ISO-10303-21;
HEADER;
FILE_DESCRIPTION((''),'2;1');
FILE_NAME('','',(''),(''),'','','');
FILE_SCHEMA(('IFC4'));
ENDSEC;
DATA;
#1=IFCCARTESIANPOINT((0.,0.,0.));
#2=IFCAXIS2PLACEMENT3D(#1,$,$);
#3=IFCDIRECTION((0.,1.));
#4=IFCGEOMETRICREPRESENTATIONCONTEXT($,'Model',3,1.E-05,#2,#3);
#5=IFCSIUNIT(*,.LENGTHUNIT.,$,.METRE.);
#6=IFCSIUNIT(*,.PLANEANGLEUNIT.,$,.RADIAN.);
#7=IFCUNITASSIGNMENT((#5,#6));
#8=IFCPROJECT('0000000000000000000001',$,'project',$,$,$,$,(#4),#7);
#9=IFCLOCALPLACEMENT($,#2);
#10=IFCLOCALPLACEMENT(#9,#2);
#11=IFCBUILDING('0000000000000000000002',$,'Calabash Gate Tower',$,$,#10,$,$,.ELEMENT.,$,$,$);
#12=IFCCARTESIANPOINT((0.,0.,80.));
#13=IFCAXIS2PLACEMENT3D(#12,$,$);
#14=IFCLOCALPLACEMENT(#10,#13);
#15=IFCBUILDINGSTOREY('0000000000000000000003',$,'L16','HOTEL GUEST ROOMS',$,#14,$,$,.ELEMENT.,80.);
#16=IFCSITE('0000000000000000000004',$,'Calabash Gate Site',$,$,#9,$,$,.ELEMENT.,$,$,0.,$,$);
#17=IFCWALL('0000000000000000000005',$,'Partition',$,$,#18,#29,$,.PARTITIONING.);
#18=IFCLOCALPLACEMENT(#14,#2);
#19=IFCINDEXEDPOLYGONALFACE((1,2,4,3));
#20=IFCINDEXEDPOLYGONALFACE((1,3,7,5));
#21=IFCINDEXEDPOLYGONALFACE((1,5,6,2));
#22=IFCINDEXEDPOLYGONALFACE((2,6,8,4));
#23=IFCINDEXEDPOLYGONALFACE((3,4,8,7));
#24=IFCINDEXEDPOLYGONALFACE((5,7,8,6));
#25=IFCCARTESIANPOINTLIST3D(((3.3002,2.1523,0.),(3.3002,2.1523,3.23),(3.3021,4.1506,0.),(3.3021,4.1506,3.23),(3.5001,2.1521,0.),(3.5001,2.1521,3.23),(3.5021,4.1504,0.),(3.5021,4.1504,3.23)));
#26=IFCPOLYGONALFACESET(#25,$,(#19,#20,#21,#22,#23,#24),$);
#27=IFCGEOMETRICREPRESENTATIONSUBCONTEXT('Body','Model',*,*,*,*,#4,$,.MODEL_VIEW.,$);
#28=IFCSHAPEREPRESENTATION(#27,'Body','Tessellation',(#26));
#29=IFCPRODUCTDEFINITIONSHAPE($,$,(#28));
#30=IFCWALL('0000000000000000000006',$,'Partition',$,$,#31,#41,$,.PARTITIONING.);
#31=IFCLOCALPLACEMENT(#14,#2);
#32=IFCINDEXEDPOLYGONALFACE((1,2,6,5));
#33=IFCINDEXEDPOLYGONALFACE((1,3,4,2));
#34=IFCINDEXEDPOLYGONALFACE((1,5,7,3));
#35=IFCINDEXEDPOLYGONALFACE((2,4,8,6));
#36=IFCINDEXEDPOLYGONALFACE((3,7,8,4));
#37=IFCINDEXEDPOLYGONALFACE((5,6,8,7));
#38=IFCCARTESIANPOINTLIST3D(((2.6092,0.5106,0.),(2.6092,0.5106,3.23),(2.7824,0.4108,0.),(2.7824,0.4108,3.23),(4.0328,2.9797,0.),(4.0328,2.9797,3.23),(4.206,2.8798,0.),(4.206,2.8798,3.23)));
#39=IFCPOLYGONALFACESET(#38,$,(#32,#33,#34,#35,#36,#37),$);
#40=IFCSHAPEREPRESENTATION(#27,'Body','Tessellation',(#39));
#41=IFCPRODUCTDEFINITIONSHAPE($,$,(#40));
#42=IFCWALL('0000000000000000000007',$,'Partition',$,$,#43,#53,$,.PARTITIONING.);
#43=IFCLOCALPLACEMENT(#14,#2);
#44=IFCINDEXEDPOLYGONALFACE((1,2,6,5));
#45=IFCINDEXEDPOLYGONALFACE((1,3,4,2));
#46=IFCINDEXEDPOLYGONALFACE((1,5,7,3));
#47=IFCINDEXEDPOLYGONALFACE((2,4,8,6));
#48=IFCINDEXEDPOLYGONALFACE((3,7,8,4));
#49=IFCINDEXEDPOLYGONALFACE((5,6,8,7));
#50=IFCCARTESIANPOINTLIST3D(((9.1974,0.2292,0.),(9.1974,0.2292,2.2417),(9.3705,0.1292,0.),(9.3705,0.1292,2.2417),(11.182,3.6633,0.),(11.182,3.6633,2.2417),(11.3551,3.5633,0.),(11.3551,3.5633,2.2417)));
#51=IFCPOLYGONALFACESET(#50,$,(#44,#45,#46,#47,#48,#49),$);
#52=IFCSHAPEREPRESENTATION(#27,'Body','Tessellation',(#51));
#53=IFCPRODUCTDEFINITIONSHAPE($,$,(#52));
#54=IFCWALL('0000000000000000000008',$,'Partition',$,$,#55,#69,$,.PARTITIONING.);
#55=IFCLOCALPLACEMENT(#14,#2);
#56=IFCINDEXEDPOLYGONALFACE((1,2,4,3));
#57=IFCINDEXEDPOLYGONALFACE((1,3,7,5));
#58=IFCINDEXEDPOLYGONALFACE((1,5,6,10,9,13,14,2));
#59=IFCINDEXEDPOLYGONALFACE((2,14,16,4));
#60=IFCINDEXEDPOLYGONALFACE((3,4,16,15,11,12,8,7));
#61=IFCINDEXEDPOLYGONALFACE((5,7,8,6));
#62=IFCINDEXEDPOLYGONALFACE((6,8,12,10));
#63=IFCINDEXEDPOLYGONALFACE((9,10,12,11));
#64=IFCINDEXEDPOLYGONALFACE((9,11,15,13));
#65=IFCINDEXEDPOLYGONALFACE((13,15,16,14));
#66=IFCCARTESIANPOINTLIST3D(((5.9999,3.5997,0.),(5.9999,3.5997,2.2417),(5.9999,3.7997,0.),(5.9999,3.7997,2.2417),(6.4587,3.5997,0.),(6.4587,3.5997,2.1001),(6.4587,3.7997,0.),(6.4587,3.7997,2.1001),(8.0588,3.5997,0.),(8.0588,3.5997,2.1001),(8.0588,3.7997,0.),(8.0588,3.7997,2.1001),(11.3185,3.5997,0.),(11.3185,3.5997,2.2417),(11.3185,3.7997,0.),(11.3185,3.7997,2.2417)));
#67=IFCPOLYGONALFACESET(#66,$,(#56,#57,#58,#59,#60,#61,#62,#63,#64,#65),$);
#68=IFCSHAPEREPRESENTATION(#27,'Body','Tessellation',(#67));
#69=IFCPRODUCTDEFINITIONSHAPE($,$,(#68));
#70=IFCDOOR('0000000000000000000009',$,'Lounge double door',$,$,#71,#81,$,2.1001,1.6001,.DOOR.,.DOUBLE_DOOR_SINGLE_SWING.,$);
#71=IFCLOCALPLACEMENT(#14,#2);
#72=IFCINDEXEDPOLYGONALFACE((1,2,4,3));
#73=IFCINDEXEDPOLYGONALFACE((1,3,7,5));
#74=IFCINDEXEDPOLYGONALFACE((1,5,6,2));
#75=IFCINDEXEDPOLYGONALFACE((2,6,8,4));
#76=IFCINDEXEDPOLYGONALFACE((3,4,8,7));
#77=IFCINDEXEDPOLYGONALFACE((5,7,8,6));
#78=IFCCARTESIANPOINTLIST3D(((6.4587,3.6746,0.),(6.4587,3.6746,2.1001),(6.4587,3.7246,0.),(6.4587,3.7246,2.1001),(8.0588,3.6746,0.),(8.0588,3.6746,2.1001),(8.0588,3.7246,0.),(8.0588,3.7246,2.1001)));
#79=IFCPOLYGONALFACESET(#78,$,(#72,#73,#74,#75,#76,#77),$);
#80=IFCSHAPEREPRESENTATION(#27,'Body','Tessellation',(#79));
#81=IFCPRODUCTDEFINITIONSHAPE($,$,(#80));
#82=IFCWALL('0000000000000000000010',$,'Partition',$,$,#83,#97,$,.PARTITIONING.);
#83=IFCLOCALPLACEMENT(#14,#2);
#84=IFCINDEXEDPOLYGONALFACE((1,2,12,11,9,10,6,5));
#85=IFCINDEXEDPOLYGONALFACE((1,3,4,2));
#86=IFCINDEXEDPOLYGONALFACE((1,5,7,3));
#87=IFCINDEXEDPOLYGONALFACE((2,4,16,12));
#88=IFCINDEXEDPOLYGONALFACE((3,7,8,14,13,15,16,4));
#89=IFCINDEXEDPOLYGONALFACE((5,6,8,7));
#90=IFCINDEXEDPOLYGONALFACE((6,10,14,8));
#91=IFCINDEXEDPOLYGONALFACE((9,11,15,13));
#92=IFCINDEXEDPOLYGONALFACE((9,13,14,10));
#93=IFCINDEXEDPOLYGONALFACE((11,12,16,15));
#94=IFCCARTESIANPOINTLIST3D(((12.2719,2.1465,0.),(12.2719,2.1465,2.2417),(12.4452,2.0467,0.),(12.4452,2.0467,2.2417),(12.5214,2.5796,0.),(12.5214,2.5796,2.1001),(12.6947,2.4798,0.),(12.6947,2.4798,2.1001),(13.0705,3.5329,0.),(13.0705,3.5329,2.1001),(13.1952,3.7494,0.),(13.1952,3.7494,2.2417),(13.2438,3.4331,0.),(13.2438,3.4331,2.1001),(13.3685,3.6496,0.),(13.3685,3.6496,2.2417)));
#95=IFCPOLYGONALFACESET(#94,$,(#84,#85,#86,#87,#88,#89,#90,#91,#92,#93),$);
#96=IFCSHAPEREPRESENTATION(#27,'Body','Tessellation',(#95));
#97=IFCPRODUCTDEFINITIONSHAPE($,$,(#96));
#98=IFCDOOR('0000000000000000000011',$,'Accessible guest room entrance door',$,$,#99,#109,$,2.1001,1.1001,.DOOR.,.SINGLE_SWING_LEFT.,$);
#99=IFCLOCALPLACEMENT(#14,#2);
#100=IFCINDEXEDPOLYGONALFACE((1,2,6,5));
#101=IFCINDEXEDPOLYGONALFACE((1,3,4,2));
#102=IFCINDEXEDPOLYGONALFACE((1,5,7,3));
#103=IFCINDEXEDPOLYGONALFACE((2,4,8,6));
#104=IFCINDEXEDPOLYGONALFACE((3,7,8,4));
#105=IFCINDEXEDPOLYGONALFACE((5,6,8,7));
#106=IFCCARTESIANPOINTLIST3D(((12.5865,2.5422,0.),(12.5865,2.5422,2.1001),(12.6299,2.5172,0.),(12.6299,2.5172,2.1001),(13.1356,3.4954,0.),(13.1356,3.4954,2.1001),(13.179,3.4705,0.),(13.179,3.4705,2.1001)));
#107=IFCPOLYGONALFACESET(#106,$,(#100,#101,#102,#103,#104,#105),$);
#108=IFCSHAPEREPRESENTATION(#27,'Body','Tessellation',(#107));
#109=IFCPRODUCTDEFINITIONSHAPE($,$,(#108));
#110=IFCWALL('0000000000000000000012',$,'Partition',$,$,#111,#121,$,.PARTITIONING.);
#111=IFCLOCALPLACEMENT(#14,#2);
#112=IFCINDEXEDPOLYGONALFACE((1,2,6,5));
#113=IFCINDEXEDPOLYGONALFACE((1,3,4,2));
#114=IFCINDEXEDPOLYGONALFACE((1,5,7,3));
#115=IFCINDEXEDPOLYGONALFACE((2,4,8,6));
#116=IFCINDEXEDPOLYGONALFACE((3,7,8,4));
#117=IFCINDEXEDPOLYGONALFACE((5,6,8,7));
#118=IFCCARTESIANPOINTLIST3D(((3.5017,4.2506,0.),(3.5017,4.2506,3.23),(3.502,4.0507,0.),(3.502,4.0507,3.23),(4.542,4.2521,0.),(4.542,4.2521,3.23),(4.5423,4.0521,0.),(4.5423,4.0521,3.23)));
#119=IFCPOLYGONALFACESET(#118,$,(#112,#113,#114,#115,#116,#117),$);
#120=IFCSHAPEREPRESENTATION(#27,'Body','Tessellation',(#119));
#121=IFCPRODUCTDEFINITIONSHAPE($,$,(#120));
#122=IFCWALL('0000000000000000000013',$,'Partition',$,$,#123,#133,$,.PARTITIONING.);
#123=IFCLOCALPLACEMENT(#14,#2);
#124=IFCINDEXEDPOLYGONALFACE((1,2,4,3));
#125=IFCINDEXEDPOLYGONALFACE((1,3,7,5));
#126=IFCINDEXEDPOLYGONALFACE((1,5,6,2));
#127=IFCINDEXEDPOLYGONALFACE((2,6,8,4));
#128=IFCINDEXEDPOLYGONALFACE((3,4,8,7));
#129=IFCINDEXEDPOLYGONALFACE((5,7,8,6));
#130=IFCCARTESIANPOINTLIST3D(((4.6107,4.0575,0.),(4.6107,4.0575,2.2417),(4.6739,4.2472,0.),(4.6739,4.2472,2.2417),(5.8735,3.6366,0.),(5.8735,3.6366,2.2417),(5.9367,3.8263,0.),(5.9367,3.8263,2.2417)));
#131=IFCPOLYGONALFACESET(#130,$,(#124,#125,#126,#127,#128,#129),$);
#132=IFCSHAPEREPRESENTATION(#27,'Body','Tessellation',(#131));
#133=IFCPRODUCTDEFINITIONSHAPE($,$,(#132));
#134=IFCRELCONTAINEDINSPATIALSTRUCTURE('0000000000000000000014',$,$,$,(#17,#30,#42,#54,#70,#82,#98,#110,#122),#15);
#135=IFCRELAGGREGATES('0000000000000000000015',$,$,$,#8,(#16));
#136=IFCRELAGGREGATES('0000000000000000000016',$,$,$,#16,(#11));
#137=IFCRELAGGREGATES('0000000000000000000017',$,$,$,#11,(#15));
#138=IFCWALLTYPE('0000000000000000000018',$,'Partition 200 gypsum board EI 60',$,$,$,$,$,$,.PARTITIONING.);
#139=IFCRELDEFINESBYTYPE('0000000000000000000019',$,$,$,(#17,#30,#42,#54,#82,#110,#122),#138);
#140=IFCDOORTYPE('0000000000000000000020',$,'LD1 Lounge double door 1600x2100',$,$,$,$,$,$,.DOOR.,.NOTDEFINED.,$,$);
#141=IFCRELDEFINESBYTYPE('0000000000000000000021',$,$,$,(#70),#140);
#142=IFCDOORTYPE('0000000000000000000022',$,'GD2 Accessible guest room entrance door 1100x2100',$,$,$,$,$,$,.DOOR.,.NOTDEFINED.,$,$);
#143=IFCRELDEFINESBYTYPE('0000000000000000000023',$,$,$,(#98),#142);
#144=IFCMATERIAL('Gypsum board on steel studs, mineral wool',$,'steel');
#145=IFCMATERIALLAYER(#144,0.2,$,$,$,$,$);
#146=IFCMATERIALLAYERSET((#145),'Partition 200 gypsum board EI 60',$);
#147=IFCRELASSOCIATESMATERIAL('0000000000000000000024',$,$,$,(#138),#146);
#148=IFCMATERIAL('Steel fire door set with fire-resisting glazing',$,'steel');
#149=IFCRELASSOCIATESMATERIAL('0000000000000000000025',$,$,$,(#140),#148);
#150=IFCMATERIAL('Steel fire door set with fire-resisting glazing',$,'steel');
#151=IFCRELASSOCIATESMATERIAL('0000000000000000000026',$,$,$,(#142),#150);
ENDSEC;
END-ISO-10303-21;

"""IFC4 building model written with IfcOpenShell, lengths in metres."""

from ifc_helpers import new_model, si_unit, direction, frame, frame_2d, origin, place, context, subcontext, project, spatial, rectangle, extrude, material, layer, layer_set, type_object, element, fill, save


model = new_model("IFC4")

# Units and contexts
model_context = context("Model", 3, precision=1e-05, world=origin(), true_north=direction((0.0, 1.0)))
body_context = subcontext(model_context, "Body", "Model", "MODEL_VIEW")
ifc_project = project(units=[si_unit("LENGTHUNIT", "METRE"), si_unit("PLANEANGLEUNIT", "RADIAN")], contexts=[model_context])

# Site, building, storey
site_placement = place(None, origin())
site = spatial("IfcSite", under=ifc_project, at=site_placement, Name="Calabash Gate Site", CompositionType="ELEMENT", RefElevation=0.0)
building_placement = place(site_placement, origin())
building = spatial("IfcBuilding", under=site, at=building_placement, Name="Calabash Gate Tower", CompositionType="ELEMENT")
storey_placement = place(building_placement, frame((0.0, 0.0, 80.0)))
storey = spatial("IfcBuildingStorey", under=building, at=storey_placement, Name="L16", Description="HOTEL GUEST ROOMS", CompositionType="ELEMENT", Elevation=80.0)

# Walls
ifc_material_1 = material(Name="Gypsum board on steel studs, mineral wool", Category="steel")
ifc_layer_1 = layer(ifc_material_1, 0.2)
ifc_layer_set_1 = layer_set([ifc_layer_1], Name="Partition 200 gypsum board EI 60")
wall_type_1 = type_object("IfcWallType", Name="Partition 200 gypsum board EI 60", PredefinedType="PARTITIONING", material=ifc_layer_set_1)
wall_1_placement = place(storey_placement, frame((3.4001, 2.1523, 0.0), z_axis=(0.0, 0.0, 1.0), x_axis=(0.000977, 1.0, 0.0)))
element("IfcWall", 1, at=wall_1_placement, inside=storey, type_object=wall_type_1, Name="Partition", PredefinedType="PARTITIONING", context=body_context, shape_type="SweptSolid", body=[
    extrude(rectangle(XDim=1.9983, YDim=0.2, at=frame_2d((0.999, 0.0))), origin(), (0.0, 0.0, 1.0), 3.23),
])
wall_2_placement = place(storey_placement, frame((2.6958, 0.4607, 0.0), z_axis=(0.0, 0.0, 1.0), x_axis=(0.499502, 0.866312, 0.0)))
element("IfcWall", 2, at=wall_2_placement, inside=storey, type_object=wall_type_1, Name="Partition", PredefinedType="PARTITIONING", context=body_context, shape_type="SweptSolid", body=[
    extrude(rectangle(XDim=2.8501, YDim=0.2, at=frame_2d((1.425, 0.0))), origin(), (0.0, 0.0, 1.0), 3.23),
])
wall_3_placement = place(storey_placement, frame((9.2839, 0.1792, 0.0), z_axis=(0.0, 0.0, 1.0), x_axis=(0.500369, 0.865812, 0.0)))
element("IfcWall", 3, at=wall_3_placement, inside=storey, type_object=wall_type_1, Name="Partition", PredefinedType="PARTITIONING", context=body_context, shape_type="SweptSolid", body=[
    extrude(rectangle(XDim=3.9663, YDim=0.2, at=frame_2d((1.9832, 0.0))), origin(), (0.0, 0.0, 1.0), 2.2417),
])

# Walls, openings, doors
wall_4_placement = place(storey_placement, frame((6.0, 3.6997, 0.0), z_axis=(0.0, 0.0, 1.0), x_axis=(1.0, 0.0, 0.0)))
wall_4 = element("IfcWall", 4, at=wall_4_placement, inside=storey, type_object=wall_type_1, Name="Partition", PredefinedType="PARTITIONING", context=body_context, shape_type="SweptSolid", body=[
    extrude(rectangle(XDim=5.3186, YDim=0.2, at=frame_2d((2.6592, 0.0))), origin(), (0.0, 0.0, 1.0), 2.2417),
])
opening_1_placement = place(wall_4_placement, frame((0.4587, 0.0, 0.0)))
opening_1 = element("IfcOpeningElement", 5, at=opening_1_placement, cuts=wall_4, PredefinedType="OPENING", context=body_context, shape_type="SweptSolid", body=[
    extrude(rectangle(XDim=1.6001, YDim=2.1001, at=frame_2d((0.8, 1.05))), frame((0.0, 0.1099, 0.0), z_axis=(0.0, -1.0, 0.0), x_axis=(1.0, 0.0, 0.0)), (0.0, 0.0, 1.0), 0.22),
])
ifc_material_2 = material(Name="Steel fire door set with fire-resisting glazing", Category="steel")
door_type_1 = type_object("IfcDoorType", Name="LD1 Lounge double door 1600x2100", OperationType="NOTDEFINED", PredefinedType="DOOR", material=ifc_material_2)
door_1_placement = place(opening_1_placement, origin())
door_1 = element("IfcDoor", 6, at=door_1_placement, inside=storey, type_object=door_type_1, Name="Lounge double door", OperationType="DOUBLE_DOOR_SINGLE_SWING", OverallHeight=2.1001, OverallWidth=1.6001, PredefinedType="DOOR", context=body_context, shape_type="SweptSolid", body=[
    extrude(rectangle(XDim=1.6001, YDim=2.1001, at=frame_2d((0.8, 1.05))), frame((0.0, 0.0249, 0.0), z_axis=(0.0, -1.0, 0.0), x_axis=(1.0, 0.0, 0.0)), (0.0, 0.0, 1.0), 0.05),
])
fill(opening_1, door_1)
wall_5_placement = place(storey_placement, frame((12.3586, 2.0967, 0.0), z_axis=(0.0, 0.0, 1.0), x_axis=(0.499121, 0.866533, 0.0)))
wall_5 = element("IfcWall", 7, at=wall_5_placement, inside=storey, type_object=wall_type_1, Name="Partition", PredefinedType="PARTITIONING", context=body_context, shape_type="SweptSolid", body=[
    extrude(rectangle(XDim=1.8499, YDim=0.2, at=frame_2d((0.9248, 0.0))), origin(), (0.0, 0.0, 1.0), 2.2417),
])
opening_2_placement = place(wall_5_placement, frame((0.4998, 0.0, 0.0)))
opening_2 = element("IfcOpeningElement", 8, at=opening_2_placement, cuts=wall_5, PredefinedType="OPENING", context=body_context, shape_type="SweptSolid", body=[
    extrude(rectangle(XDim=1.1001, YDim=2.1001, at=frame_2d((0.55, 1.05))), frame((0.0, 0.1099, 0.0), z_axis=(0.0, -1.0, 0.0), x_axis=(1.0, 0.0, 0.0)), (0.0, 0.0, 1.0), 0.22),
])
ifc_material_3 = material(Name="Steel fire door set with fire-resisting glazing", Category="steel")
door_type_2 = type_object("IfcDoorType", Name="GD2 Accessible guest room entrance door 1100x2100", OperationType="NOTDEFINED", PredefinedType="DOOR", material=ifc_material_3)
door_2_placement = place(opening_2_placement, origin())
door_2 = element("IfcDoor", 9, at=door_2_placement, inside=storey, type_object=door_type_2, Name="Accessible guest room entrance door", OperationType="SINGLE_SWING_LEFT", OverallHeight=2.1001, OverallWidth=1.1001, PredefinedType="DOOR", context=body_context, shape_type="SweptSolid", body=[
    extrude(rectangle(XDim=1.1001, YDim=2.1001, at=frame_2d((0.55, 1.05))), frame((0.0, 0.0249, 0.0), z_axis=(0.0, -1.0, 0.0), x_axis=(1.0, 0.0, 0.0)), (0.0, 0.0, 1.0), 0.05),
])
fill(opening_2, door_2)

# Walls
wall_6_placement = place(storey_placement, frame((3.502, 4.1506, 0.0), z_axis=(0.0, 0.0, 1.0), x_axis=(0.999999, 0.001408, 0.0)))
element("IfcWall", 10, at=wall_6_placement, inside=storey, type_object=wall_type_1, Name="Partition", PredefinedType="PARTITIONING", context=body_context, shape_type="SweptSolid", body=[
    extrude(rectangle(XDim=1.0403, YDim=0.2, at=frame_2d((0.52, 0.0))), origin(), (0.0, 0.0, 1.0), 3.23),
])
wall_7_placement = place(storey_placement, frame((4.6423, 4.1523, 0.0), z_axis=(0.0, 0.0, 1.0), x_axis=(0.948683, -0.316228, 0.0)))
element("IfcWall", 11, at=wall_7_placement, inside=storey, type_object=wall_type_1, Name="Partition", PredefinedType="PARTITIONING", context=body_context, shape_type="SweptSolid", body=[
    extrude(rectangle(XDim=1.3311, YDim=0.2, at=frame_2d((0.6655, 0.0))), origin(), (0.0, 0.0, 1.0), 2.2417),
])

save(model, "model.ifc")
